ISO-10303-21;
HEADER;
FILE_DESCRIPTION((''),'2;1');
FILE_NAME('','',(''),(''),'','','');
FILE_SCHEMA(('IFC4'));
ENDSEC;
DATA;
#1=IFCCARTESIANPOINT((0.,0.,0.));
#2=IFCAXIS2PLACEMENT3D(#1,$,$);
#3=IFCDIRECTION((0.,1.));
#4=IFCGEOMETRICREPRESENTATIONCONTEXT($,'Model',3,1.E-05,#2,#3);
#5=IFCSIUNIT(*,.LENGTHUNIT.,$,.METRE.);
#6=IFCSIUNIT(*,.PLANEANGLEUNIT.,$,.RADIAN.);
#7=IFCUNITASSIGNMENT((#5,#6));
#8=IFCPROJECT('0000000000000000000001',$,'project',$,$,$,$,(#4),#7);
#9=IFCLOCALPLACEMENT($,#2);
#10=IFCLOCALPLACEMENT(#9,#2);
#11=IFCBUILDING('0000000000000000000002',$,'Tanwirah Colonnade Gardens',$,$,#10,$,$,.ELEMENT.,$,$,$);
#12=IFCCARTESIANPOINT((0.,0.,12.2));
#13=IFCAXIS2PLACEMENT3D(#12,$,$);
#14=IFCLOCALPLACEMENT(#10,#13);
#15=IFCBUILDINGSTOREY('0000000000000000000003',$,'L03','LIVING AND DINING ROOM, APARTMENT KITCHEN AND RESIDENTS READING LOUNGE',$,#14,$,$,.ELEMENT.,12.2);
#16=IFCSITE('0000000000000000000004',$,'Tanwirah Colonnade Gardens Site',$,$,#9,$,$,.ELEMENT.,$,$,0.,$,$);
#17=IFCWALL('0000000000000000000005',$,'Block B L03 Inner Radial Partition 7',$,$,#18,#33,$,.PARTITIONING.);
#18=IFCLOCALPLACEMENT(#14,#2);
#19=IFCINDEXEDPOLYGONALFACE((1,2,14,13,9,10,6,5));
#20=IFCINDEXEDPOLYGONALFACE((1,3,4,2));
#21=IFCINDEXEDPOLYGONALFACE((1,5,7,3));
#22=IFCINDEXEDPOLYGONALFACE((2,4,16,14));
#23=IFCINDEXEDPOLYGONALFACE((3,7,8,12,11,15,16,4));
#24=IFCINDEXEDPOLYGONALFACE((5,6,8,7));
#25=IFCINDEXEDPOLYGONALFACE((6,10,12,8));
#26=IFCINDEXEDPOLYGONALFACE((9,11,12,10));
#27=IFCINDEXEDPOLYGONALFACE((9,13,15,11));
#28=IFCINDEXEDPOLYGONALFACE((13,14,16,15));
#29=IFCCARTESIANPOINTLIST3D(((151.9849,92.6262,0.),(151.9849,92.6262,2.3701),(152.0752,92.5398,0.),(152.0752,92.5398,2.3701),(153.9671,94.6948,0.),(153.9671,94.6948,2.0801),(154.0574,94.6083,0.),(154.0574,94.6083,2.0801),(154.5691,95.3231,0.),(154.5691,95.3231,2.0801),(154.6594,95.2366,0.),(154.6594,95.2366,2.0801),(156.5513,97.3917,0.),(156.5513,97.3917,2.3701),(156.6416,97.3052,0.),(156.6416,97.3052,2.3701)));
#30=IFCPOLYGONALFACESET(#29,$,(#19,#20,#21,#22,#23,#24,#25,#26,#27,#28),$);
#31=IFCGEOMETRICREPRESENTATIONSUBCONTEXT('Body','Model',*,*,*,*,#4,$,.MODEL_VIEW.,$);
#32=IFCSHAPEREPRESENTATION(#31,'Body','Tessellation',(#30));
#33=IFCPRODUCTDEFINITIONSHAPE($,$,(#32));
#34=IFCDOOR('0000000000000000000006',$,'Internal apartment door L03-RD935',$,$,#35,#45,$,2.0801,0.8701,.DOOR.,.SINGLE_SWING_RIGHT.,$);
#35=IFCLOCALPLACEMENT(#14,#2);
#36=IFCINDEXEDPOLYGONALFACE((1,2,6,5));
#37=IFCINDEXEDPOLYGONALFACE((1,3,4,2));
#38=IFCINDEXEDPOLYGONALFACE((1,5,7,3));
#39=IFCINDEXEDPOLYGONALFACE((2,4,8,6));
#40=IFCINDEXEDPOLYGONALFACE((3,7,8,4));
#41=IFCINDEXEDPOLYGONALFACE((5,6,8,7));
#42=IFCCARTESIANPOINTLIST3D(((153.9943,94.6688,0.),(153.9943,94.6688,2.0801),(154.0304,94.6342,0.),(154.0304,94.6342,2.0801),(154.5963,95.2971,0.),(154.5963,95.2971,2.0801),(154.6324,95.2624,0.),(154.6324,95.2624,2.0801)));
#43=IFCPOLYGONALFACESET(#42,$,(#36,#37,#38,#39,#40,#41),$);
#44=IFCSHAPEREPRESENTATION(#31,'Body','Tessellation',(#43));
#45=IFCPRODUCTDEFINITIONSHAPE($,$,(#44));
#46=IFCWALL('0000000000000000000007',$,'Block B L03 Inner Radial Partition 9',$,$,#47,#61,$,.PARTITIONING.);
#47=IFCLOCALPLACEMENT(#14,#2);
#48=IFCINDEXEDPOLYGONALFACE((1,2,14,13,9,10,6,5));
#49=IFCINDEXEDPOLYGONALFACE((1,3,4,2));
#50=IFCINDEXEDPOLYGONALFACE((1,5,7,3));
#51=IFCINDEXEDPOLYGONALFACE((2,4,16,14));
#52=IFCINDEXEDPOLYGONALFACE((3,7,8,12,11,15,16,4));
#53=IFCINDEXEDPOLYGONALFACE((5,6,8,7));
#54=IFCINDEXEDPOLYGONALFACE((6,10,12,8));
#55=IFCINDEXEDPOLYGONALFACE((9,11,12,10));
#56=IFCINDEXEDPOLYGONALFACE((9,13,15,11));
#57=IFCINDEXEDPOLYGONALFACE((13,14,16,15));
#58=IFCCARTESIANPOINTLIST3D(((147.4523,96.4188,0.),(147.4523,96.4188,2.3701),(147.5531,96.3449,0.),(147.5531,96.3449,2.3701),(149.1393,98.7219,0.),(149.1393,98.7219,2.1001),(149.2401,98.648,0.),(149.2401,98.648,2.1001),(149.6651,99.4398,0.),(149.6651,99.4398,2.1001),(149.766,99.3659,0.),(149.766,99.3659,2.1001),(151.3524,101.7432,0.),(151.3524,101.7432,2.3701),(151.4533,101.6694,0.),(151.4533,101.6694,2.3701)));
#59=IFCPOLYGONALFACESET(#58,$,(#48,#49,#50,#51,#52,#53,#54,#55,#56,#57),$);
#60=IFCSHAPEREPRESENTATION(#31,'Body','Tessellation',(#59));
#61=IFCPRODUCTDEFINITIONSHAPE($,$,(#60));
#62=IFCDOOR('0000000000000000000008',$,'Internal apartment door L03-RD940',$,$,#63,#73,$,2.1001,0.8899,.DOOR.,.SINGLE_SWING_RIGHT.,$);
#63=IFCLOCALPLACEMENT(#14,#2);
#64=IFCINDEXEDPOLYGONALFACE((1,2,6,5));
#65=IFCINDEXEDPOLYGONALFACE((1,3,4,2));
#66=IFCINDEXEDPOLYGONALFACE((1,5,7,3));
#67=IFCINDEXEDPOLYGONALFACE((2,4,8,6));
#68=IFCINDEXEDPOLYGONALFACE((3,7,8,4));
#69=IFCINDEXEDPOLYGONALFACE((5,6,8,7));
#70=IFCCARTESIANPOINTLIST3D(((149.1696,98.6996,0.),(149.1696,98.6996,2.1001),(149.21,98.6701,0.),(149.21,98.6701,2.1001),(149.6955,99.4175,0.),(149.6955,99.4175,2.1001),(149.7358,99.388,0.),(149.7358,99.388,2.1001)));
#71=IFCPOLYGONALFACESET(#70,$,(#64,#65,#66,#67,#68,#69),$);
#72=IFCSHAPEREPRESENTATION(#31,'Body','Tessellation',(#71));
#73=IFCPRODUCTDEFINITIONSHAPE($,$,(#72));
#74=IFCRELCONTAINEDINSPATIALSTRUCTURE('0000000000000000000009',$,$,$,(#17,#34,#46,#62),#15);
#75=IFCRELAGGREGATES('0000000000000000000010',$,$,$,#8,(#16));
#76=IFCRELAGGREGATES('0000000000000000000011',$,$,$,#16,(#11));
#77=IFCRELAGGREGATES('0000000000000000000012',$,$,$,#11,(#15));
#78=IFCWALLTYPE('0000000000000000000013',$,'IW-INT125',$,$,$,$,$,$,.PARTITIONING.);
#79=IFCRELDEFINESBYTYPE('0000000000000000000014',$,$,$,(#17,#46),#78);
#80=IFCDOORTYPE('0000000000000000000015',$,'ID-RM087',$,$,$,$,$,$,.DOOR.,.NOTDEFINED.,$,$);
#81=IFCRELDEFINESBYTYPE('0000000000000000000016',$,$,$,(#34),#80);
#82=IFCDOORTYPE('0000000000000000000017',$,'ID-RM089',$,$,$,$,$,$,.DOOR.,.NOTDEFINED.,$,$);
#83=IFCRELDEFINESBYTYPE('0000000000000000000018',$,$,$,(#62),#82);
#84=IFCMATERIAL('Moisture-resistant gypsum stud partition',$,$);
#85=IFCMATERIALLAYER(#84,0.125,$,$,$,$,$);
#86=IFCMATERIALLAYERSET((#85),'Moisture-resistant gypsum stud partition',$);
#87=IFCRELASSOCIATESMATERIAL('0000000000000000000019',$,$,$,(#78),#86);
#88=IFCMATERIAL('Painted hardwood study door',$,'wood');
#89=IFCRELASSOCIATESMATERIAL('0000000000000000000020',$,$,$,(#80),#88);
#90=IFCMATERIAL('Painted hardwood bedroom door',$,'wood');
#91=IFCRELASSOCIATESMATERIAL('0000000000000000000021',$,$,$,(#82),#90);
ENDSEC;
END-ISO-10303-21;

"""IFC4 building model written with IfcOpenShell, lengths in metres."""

from ifc_helpers import new_model, si_unit, direction, frame, frame_2d, origin, place, context, subcontext, project, spatial, rectangle, extrude, material, layer, layer_set, type_object, element, fill, save


model = new_model("IFC4")

# Units and contexts
model_context = context("Model", 3, precision=1e-05, world=origin(), true_north=direction((0.0, 1.0)))
body_context = subcontext(model_context, "Body", "Model", "MODEL_VIEW")
ifc_project = project(units=[si_unit("LENGTHUNIT", "METRE"), si_unit("PLANEANGLEUNIT", "RADIAN")], contexts=[model_context])

# Site, building, storey
site_placement = place(None, origin())
site = spatial("IfcSite", under=ifc_project, at=site_placement, Name="Tanwirah Colonnade Gardens Site", CompositionType="ELEMENT", RefElevation=0.0)
building_placement = place(site_placement, origin())
building = spatial("IfcBuilding", under=site, at=building_placement, Name="Tanwirah Colonnade Gardens", CompositionType="ELEMENT")
storey_placement = place(building_placement, frame((0.0, 0.0, 12.2)))
storey = spatial("IfcBuildingStorey", under=building, at=storey_placement, Name="L03", Description="LIVING AND DINING ROOM, APARTMENT KITCHEN AND RESIDENTS READING LOUNGE", CompositionType="ELEMENT", Elevation=12.2)

# Walls, openings, doors
ifc_material_1 = material(Name="Moisture-resistant gypsum stud partition")
ifc_layer_1 = layer(ifc_material_1, 0.125)
ifc_layer_set_1 = layer_set([ifc_layer_1], Name="Moisture-resistant gypsum stud partition")
wall_type_1 = type_object("IfcWallType", Name="IW-INT125", PredefinedType="PARTITIONING", material=ifc_layer_set_1)
wall_1_placement = place(storey_placement, frame((152.03, 92.583, 0.0), z_axis=(0.0, 0.0, 1.0), x_axis=(0.691872, 0.72202, 0.0)))
wall_1 = element("IfcWall", 1, at=wall_1_placement, inside=storey, type_object=wall_type_1, Name="Block B L03 Inner Radial Partition 7", PredefinedType="PARTITIONING", context=body_context, shape_type="SweptSolid", body=[
    extrude(rectangle(XDim=6.6001, YDim=0.125, at=frame_2d((3.3, 0.0))), origin(), (0.0, 0.0, 1.0), 2.3701),
])
opening_1_placement = place(wall_1_placement, frame((2.865, 0.0, 0.0)))
opening_1 = element("IfcOpeningElement", 2, at=opening_1_placement, cuts=wall_1, PredefinedType="OPENING", context=body_context, shape_type="SweptSolid", body=[
    extrude(rectangle(XDim=0.8701, YDim=2.0801, at=frame_2d((0.4351, 1.04))), frame((0.0, 0.0725, 0.0), z_axis=(0.0, -1.0, 0.0), x_axis=(1.0, 0.0, 0.0)), (0.0, 0.0, 1.0), 0.145),
])
ifc_material_2 = material(Name="Painted hardwood study door", Category="wood")
door_type_1 = type_object("IfcDoorType", Name="ID-RM087", OperationType="NOTDEFINED", PredefinedType="DOOR", material=ifc_material_2)
door_1_placement = place(opening_1_placement, origin())
door_1 = element("IfcDoor", 3, at=door_1_placement, inside=storey, type_object=door_type_1, Name="Internal apartment door L03-RD935", OperationType="SINGLE_SWING_RIGHT", OverallHeight=2.0801, OverallWidth=0.8701, PredefinedType="DOOR", context=body_context, shape_type="SweptSolid", body=[
    extrude(rectangle(XDim=0.8701, YDim=2.0801, at=frame_2d((0.4351, 1.04))), frame((0.0, 0.0249, 0.0), z_axis=(0.0, -1.0, 0.0), x_axis=(1.0, 0.0, 0.0)), (0.0, 0.0, 1.0), 0.05),
])
fill(opening_1, door_1)
wall_2_placement = place(storey_placement, frame((147.5027, 96.3818, 0.0), z_axis=(0.0, 0.0, 1.0), x_axis=(0.590924, 0.806727, 0.0)))
wall_2 = element("IfcWall", 4, at=wall_2_placement, inside=storey, type_object=wall_type_1, Name="Block B L03 Inner Radial Partition 9", PredefinedType="PARTITIONING", context=body_context, shape_type="SweptSolid", body=[
    extrude(rectangle(XDim=6.6001, YDim=0.125, at=frame_2d((3.3, 0.0))), origin(), (0.0, 0.0, 1.0), 2.3701),
])
opening_2_placement = place(wall_2_placement, frame((2.855, 0.0, 0.0)))
opening_2 = element("IfcOpeningElement", 5, at=opening_2_placement, cuts=wall_2, PredefinedType="OPENING", context=body_context, shape_type="SweptSolid", body=[
    extrude(rectangle(XDim=0.8899, YDim=2.1001, at=frame_2d((0.4448, 1.05))), frame((0.0, 0.0725, 0.0), z_axis=(0.0, -1.0, 0.0), x_axis=(1.0, 0.0, 0.0)), (0.0, 0.0, 1.0), 0.145),
])
ifc_material_3 = material(Name="Painted hardwood bedroom door", Category="wood")
door_type_2 = type_object("IfcDoorType", Name="ID-RM089", OperationType="NOTDEFINED", PredefinedType="DOOR", material=ifc_material_3)
door_2_placement = place(opening_2_placement, origin())
door_2 = element("IfcDoor", 6, at=door_2_placement, inside=storey, type_object=door_type_2, Name="Internal apartment door L03-RD940", OperationType="SINGLE_SWING_RIGHT", OverallHeight=2.1001, OverallWidth=0.8899, PredefinedType="DOOR", context=body_context, shape_type="SweptSolid", body=[
    extrude(rectangle(XDim=0.8899, YDim=2.1001, at=frame_2d((0.4448, 1.05))), frame((0.0, 0.0249, 0.0), z_axis=(0.0, -1.0, 0.0), x_axis=(1.0, 0.0, 0.0)), (0.0, 0.0, 1.0), 0.05),
])
fill(opening_2, door_2)

save(model, "model.ifc")
